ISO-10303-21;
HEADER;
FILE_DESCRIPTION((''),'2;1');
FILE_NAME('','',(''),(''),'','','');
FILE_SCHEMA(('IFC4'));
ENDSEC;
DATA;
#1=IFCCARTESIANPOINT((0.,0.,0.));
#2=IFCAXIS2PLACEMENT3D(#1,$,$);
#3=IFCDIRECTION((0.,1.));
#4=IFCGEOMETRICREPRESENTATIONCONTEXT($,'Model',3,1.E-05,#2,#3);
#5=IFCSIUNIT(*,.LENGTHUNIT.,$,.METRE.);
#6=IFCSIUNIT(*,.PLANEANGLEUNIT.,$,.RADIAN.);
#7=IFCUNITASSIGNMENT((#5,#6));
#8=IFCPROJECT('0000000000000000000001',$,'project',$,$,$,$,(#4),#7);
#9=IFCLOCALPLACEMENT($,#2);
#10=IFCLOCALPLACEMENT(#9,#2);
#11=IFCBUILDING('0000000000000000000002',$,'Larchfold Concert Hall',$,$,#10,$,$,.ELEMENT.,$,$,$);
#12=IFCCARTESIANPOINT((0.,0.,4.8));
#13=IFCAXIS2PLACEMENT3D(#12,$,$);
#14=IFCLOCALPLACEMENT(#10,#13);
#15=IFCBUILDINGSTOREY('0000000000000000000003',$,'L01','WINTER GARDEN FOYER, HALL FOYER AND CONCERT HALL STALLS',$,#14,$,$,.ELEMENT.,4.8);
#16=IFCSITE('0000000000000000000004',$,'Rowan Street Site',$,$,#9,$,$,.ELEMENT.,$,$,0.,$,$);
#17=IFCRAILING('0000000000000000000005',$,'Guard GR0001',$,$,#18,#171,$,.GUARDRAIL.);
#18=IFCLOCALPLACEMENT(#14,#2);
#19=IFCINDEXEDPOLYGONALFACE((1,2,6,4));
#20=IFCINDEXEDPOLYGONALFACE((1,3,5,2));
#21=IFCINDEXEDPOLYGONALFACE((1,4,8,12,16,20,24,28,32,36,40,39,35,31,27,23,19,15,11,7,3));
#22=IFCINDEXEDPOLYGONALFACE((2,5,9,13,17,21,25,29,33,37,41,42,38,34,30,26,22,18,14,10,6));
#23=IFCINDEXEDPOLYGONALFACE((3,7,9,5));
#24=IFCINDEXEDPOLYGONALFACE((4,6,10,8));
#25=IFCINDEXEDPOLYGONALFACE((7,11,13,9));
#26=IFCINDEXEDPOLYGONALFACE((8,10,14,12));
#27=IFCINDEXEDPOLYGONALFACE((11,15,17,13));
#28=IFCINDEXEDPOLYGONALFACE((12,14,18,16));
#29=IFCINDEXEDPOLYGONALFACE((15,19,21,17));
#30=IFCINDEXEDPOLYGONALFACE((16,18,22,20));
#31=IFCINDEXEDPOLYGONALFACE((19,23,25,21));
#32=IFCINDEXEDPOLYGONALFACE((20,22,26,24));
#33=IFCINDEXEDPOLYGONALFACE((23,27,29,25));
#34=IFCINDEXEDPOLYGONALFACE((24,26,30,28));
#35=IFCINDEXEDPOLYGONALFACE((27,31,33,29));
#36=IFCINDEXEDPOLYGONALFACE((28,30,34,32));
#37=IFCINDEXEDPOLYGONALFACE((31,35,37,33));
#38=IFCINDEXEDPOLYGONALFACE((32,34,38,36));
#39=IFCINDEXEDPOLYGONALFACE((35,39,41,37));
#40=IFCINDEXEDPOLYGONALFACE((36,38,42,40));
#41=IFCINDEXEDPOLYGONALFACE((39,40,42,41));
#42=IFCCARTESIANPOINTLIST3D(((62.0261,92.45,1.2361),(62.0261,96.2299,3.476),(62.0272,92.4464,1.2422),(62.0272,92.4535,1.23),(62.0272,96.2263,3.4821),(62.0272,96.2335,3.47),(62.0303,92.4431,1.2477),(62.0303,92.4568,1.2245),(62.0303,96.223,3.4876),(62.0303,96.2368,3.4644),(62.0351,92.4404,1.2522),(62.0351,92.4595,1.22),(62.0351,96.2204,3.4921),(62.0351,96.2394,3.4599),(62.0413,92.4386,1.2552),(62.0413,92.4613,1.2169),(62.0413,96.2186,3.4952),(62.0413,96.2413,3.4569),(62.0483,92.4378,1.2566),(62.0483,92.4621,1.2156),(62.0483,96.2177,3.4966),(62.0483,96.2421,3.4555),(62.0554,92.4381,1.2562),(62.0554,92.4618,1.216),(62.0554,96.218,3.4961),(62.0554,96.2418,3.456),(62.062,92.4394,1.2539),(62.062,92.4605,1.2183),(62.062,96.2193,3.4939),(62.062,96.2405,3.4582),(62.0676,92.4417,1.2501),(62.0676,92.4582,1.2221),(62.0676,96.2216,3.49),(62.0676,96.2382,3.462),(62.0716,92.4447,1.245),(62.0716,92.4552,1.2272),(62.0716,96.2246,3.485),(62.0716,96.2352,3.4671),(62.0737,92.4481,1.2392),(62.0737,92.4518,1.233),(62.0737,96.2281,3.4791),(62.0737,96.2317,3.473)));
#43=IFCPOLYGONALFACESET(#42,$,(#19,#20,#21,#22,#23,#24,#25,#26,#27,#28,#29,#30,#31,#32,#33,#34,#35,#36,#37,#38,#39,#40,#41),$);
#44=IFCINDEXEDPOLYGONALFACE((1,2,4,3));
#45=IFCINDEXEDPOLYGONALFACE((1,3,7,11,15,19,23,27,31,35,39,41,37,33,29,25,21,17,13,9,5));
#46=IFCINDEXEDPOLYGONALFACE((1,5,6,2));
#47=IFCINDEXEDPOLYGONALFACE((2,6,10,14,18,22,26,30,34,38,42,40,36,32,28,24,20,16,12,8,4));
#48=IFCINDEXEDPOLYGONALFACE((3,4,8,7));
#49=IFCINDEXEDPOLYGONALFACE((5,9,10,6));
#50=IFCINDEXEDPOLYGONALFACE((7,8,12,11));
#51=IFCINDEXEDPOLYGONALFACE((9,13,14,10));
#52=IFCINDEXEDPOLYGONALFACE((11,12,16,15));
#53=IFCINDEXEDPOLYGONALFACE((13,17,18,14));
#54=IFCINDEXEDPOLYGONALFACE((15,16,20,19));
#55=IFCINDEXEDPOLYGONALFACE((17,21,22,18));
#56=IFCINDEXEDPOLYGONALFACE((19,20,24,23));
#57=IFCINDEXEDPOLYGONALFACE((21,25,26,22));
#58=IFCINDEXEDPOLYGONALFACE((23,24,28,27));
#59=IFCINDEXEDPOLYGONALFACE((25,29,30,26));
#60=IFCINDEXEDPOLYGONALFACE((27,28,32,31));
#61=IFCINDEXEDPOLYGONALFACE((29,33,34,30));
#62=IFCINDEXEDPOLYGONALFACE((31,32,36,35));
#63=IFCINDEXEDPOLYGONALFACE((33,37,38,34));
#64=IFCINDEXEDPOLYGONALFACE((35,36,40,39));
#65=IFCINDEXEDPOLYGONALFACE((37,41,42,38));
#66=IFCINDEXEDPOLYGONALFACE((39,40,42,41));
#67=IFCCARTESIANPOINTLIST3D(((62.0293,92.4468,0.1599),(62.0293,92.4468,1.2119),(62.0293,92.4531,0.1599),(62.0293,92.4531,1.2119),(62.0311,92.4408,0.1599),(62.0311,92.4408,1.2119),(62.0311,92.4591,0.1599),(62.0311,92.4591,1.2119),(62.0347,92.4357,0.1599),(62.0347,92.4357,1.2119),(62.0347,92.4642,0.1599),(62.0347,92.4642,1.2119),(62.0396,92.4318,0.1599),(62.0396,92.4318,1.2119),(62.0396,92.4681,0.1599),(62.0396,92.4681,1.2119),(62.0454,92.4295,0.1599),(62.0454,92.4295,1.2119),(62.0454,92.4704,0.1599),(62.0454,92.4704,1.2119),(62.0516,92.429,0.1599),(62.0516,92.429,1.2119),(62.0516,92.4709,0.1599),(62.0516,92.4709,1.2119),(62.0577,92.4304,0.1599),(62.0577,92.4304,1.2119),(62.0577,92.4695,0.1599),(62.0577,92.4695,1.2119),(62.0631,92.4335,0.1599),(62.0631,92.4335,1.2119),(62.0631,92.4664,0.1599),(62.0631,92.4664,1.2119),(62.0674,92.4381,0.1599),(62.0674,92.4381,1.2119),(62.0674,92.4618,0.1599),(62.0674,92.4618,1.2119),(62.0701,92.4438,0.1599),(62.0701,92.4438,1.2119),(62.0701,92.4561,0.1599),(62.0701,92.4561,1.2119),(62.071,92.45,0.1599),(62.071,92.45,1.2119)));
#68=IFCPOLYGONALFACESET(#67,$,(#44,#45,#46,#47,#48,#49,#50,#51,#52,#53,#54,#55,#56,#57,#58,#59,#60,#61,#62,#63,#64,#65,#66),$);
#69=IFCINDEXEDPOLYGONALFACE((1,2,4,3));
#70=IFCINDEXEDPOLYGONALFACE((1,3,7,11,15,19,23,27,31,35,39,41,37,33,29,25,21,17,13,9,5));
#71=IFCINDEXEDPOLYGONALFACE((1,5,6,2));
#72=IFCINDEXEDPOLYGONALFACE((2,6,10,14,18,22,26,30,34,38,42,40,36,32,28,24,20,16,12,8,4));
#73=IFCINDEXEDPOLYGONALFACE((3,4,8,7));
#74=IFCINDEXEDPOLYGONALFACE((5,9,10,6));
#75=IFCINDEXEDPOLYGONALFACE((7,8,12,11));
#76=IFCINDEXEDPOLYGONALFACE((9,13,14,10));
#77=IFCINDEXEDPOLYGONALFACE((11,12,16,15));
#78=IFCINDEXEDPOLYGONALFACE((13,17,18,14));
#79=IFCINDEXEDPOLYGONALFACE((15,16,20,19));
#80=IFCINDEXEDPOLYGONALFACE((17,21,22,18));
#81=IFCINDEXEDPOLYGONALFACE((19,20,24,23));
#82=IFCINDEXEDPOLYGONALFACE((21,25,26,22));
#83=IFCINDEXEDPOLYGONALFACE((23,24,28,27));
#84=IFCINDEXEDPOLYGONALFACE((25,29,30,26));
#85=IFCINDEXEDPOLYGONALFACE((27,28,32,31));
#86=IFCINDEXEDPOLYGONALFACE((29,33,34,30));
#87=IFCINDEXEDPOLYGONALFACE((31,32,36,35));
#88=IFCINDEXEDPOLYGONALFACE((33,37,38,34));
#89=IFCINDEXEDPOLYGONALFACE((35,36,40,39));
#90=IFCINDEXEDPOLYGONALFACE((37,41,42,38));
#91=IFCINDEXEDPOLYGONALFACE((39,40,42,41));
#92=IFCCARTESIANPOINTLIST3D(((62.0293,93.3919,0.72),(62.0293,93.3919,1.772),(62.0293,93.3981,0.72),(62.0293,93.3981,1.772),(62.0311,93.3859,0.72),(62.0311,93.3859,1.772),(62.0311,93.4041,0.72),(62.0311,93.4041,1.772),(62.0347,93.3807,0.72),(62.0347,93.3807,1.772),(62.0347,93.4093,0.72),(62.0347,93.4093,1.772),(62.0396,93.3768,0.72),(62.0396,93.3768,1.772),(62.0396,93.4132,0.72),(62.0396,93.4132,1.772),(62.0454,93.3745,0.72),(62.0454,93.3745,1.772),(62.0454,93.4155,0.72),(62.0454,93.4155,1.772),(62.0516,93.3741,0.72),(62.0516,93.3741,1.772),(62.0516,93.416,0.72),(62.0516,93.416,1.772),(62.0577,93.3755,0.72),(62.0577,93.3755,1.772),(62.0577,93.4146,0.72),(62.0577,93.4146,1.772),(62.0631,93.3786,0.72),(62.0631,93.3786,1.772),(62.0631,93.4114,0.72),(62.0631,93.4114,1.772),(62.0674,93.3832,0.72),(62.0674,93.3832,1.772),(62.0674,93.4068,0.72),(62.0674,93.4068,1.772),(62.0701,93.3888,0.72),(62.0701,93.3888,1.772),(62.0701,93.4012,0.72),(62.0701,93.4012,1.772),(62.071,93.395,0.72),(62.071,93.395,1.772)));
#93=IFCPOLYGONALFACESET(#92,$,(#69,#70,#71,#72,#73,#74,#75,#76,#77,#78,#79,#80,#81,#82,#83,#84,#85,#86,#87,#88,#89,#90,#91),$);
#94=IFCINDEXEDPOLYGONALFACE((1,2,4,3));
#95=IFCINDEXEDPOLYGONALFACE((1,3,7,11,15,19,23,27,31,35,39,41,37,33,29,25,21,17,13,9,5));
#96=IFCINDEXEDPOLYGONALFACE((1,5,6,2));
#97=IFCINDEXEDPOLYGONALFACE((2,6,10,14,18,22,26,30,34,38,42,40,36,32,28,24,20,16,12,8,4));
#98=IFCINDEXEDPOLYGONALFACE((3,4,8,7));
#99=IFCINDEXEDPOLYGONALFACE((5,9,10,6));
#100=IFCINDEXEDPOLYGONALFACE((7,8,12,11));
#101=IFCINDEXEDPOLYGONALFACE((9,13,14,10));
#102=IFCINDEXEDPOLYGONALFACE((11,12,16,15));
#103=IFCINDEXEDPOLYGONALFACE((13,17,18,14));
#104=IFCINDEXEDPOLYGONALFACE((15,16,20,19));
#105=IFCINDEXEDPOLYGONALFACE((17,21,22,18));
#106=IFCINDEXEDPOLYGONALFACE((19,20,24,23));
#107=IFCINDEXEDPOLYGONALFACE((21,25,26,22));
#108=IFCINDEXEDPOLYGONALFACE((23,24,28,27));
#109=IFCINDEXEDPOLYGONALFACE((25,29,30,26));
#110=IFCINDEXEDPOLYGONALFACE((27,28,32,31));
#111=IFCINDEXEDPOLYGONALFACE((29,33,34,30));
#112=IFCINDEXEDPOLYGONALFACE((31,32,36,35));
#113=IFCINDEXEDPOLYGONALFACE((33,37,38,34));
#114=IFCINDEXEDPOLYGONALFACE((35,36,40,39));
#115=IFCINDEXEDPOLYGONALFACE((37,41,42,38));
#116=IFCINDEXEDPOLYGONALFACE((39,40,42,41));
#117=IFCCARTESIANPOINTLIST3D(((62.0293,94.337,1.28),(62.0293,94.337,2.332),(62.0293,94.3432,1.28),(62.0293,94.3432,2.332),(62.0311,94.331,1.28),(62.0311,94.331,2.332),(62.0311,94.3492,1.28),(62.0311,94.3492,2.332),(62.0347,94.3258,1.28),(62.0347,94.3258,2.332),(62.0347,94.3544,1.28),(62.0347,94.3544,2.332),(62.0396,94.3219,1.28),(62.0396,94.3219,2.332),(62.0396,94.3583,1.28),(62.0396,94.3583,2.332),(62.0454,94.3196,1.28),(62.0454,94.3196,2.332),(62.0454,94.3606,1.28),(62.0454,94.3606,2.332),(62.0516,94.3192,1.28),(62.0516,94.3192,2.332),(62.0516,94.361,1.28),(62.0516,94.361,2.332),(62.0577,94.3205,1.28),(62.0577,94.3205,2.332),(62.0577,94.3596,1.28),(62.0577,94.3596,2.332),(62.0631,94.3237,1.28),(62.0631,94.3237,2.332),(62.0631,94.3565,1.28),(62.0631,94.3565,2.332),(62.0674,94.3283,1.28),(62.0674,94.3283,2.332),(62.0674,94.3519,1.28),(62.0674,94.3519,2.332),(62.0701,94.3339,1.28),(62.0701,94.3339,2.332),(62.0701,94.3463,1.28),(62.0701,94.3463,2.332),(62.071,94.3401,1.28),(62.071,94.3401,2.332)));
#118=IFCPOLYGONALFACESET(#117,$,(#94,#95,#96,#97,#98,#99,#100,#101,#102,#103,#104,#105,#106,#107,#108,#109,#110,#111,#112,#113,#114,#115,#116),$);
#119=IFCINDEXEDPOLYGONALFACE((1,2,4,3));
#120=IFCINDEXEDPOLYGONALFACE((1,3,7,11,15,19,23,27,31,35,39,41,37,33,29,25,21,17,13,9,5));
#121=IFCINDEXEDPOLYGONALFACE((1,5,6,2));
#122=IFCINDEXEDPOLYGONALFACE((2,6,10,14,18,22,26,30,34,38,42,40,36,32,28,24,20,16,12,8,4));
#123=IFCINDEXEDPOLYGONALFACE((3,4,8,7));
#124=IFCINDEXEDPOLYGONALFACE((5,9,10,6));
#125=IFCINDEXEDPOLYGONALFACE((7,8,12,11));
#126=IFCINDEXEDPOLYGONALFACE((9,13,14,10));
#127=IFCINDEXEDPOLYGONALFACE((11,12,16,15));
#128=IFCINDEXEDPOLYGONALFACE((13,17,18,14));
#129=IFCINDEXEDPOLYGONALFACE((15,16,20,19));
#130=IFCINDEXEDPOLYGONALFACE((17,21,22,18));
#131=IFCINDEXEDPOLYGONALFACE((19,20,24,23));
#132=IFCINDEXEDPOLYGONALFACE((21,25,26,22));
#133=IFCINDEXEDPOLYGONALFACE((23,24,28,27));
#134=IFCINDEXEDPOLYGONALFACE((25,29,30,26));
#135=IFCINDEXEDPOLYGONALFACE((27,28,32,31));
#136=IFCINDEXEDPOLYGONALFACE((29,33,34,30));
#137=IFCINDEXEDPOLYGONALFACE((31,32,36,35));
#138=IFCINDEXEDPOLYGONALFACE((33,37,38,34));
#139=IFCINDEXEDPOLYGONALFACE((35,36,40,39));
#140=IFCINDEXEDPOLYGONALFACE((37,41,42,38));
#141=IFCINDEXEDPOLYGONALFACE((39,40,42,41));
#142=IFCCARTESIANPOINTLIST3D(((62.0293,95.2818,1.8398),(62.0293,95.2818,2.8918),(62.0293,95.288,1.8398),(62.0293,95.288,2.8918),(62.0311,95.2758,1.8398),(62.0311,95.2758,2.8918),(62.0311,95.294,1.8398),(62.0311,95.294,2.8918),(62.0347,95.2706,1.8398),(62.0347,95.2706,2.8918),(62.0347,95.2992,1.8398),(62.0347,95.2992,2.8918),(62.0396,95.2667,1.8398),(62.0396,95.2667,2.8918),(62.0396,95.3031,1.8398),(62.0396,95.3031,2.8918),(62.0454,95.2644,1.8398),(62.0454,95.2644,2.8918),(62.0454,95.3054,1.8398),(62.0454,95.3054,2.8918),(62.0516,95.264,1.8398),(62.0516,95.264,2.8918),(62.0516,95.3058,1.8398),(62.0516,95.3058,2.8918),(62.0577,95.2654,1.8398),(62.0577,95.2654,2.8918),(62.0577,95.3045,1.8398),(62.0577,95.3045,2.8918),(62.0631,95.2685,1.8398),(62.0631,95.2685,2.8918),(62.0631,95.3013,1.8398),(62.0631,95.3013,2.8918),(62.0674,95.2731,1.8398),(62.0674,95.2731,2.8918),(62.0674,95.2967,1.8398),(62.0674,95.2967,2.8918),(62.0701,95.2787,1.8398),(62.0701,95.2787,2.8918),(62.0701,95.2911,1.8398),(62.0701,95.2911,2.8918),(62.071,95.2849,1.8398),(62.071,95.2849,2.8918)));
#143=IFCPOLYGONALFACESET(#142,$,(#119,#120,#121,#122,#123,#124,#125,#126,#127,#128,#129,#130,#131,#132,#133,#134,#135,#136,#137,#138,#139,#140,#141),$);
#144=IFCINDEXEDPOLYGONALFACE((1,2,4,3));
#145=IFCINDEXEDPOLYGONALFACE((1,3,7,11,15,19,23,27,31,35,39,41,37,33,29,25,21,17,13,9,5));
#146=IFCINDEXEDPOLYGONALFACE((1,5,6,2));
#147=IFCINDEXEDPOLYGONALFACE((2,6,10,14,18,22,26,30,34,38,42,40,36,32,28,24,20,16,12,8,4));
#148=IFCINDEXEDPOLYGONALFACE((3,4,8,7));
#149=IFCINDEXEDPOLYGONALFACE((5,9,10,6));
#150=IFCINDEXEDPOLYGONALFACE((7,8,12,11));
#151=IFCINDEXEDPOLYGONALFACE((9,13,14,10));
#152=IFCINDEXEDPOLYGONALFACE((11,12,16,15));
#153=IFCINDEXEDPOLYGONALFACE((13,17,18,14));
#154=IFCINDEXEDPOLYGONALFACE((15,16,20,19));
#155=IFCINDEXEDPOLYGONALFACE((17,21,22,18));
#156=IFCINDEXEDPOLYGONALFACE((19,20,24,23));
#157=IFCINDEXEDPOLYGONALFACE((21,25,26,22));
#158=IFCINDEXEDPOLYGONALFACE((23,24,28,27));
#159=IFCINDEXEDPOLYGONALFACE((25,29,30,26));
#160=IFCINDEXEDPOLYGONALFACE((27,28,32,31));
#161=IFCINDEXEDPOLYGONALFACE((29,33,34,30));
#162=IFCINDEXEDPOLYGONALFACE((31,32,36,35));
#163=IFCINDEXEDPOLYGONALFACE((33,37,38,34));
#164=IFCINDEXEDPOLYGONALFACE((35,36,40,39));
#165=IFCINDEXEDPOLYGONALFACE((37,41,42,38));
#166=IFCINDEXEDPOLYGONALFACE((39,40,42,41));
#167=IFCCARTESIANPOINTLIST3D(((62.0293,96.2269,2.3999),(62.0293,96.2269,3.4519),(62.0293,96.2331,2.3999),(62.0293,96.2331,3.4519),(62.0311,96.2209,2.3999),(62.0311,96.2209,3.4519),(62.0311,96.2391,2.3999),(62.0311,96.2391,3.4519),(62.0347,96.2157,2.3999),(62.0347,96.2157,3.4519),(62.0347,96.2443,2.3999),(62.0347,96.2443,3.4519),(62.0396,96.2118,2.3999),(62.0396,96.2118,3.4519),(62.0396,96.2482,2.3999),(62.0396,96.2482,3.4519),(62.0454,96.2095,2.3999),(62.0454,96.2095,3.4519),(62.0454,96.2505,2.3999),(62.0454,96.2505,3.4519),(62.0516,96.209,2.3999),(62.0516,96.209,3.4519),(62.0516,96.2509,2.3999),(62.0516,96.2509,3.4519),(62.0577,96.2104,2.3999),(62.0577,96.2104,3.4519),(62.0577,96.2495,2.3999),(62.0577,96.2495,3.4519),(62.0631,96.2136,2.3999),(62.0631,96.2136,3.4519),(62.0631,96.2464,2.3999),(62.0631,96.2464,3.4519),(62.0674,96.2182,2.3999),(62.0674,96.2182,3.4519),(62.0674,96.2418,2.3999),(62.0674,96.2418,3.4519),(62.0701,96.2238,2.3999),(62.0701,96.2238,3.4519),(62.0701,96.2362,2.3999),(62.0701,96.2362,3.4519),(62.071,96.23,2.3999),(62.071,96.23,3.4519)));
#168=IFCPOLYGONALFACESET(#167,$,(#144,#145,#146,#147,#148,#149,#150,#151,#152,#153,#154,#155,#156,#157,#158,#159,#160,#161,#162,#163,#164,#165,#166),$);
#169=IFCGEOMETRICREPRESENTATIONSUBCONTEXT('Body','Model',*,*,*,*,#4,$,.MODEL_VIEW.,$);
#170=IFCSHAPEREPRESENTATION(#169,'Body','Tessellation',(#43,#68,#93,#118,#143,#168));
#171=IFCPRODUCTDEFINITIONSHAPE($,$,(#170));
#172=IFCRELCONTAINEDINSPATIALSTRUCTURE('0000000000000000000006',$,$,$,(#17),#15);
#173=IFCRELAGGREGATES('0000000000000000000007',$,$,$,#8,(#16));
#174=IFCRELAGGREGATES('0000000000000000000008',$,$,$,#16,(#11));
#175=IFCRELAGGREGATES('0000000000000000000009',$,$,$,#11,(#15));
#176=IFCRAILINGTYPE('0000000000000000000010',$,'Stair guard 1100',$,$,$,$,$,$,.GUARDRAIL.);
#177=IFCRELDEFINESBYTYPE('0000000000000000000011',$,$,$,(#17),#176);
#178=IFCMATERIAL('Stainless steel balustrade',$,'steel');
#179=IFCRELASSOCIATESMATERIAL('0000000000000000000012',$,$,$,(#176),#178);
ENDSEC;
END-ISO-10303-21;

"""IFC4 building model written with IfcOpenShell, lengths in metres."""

from ifc_helpers import new_model, si_unit, direction, frame, origin, origin_2d, place, context, subcontext, project, spatial, circle, extrude, material, type_object, element, save


model = new_model("IFC4")

# Units and contexts
model_context = context("Model", 3, precision=1e-05, world=origin(), true_north=direction((0.0, 1.0)))
body_context = subcontext(model_context, "Body", "Model", "MODEL_VIEW")
ifc_project = project(units=[si_unit("LENGTHUNIT", "METRE"), si_unit("PLANEANGLEUNIT", "RADIAN")], contexts=[model_context])

# Site, building, storey
site_placement = place(None, origin())
site = spatial("IfcSite", under=ifc_project, at=site_placement, Name="Rowan Street Site", CompositionType="ELEMENT", RefElevation=0.0)
building_placement = place(site_placement, origin())
building = spatial("IfcBuilding", under=site, at=building_placement, Name="Larchfold Concert Hall", CompositionType="ELEMENT")
storey_placement = place(building_placement, frame((0.0, 0.0, 4.8)))
storey = spatial("IfcBuildingStorey", under=building, at=storey_placement, Name="L01", Description="WINTER GARDEN FOYER, HALL FOYER AND CONCERT HALL STALLS", CompositionType="ELEMENT", Elevation=4.8)

# Railing
ifc_material_1 = material(Name="Stainless steel balustrade", Category="steel")
railing_type_1 = type_object("IfcRailingType", Name="Stair guard 1100", PredefinedType="GUARDRAIL", material=ifc_material_1)
railing_1_placement = place(storey_placement, frame((62.05, 92.45, 0.1599)))
element("IfcRailing", 1, at=railing_1_placement, inside=storey, type_object=railing_type_1, Name="Guard GR0001", PredefinedType="GUARDRAIL", context=body_context, shape_type="SweptSolid", body=[
    extrude(circle(Radius=0.0239, at=origin_2d()), frame((0.0, 0.0, 1.0762), z_axis=(0.0, 0.860294, 0.509798), x_axis=(-1.0, 0.0, 0.0)), (0.0, 0.0, 1.0), 4.3938),
    extrude(circle(Radius=0.021, at=origin_2d()), origin(), (0.0, 0.0, 1.0), 1.052),
    extrude(circle(Radius=0.021, at=origin_2d()), frame((0.0, 0.9451, 0.5601)), (0.0, 0.0, 1.0), 1.052),
    extrude(circle(Radius=0.021, at=origin_2d()), frame((0.0, 1.8901, 1.1201)), (0.0, 0.0, 1.0), 1.052),
    extrude(circle(Radius=0.021, at=origin_2d()), frame((0.0, 2.835, 1.6799)), (0.0, 0.0, 1.0), 1.052),
    extrude(circle(Radius=0.021, at=origin_2d()), frame((0.0, 3.78, 2.24)), (0.0, 0.0, 1.0), 1.052),
])

save(model, "model.ifc")
